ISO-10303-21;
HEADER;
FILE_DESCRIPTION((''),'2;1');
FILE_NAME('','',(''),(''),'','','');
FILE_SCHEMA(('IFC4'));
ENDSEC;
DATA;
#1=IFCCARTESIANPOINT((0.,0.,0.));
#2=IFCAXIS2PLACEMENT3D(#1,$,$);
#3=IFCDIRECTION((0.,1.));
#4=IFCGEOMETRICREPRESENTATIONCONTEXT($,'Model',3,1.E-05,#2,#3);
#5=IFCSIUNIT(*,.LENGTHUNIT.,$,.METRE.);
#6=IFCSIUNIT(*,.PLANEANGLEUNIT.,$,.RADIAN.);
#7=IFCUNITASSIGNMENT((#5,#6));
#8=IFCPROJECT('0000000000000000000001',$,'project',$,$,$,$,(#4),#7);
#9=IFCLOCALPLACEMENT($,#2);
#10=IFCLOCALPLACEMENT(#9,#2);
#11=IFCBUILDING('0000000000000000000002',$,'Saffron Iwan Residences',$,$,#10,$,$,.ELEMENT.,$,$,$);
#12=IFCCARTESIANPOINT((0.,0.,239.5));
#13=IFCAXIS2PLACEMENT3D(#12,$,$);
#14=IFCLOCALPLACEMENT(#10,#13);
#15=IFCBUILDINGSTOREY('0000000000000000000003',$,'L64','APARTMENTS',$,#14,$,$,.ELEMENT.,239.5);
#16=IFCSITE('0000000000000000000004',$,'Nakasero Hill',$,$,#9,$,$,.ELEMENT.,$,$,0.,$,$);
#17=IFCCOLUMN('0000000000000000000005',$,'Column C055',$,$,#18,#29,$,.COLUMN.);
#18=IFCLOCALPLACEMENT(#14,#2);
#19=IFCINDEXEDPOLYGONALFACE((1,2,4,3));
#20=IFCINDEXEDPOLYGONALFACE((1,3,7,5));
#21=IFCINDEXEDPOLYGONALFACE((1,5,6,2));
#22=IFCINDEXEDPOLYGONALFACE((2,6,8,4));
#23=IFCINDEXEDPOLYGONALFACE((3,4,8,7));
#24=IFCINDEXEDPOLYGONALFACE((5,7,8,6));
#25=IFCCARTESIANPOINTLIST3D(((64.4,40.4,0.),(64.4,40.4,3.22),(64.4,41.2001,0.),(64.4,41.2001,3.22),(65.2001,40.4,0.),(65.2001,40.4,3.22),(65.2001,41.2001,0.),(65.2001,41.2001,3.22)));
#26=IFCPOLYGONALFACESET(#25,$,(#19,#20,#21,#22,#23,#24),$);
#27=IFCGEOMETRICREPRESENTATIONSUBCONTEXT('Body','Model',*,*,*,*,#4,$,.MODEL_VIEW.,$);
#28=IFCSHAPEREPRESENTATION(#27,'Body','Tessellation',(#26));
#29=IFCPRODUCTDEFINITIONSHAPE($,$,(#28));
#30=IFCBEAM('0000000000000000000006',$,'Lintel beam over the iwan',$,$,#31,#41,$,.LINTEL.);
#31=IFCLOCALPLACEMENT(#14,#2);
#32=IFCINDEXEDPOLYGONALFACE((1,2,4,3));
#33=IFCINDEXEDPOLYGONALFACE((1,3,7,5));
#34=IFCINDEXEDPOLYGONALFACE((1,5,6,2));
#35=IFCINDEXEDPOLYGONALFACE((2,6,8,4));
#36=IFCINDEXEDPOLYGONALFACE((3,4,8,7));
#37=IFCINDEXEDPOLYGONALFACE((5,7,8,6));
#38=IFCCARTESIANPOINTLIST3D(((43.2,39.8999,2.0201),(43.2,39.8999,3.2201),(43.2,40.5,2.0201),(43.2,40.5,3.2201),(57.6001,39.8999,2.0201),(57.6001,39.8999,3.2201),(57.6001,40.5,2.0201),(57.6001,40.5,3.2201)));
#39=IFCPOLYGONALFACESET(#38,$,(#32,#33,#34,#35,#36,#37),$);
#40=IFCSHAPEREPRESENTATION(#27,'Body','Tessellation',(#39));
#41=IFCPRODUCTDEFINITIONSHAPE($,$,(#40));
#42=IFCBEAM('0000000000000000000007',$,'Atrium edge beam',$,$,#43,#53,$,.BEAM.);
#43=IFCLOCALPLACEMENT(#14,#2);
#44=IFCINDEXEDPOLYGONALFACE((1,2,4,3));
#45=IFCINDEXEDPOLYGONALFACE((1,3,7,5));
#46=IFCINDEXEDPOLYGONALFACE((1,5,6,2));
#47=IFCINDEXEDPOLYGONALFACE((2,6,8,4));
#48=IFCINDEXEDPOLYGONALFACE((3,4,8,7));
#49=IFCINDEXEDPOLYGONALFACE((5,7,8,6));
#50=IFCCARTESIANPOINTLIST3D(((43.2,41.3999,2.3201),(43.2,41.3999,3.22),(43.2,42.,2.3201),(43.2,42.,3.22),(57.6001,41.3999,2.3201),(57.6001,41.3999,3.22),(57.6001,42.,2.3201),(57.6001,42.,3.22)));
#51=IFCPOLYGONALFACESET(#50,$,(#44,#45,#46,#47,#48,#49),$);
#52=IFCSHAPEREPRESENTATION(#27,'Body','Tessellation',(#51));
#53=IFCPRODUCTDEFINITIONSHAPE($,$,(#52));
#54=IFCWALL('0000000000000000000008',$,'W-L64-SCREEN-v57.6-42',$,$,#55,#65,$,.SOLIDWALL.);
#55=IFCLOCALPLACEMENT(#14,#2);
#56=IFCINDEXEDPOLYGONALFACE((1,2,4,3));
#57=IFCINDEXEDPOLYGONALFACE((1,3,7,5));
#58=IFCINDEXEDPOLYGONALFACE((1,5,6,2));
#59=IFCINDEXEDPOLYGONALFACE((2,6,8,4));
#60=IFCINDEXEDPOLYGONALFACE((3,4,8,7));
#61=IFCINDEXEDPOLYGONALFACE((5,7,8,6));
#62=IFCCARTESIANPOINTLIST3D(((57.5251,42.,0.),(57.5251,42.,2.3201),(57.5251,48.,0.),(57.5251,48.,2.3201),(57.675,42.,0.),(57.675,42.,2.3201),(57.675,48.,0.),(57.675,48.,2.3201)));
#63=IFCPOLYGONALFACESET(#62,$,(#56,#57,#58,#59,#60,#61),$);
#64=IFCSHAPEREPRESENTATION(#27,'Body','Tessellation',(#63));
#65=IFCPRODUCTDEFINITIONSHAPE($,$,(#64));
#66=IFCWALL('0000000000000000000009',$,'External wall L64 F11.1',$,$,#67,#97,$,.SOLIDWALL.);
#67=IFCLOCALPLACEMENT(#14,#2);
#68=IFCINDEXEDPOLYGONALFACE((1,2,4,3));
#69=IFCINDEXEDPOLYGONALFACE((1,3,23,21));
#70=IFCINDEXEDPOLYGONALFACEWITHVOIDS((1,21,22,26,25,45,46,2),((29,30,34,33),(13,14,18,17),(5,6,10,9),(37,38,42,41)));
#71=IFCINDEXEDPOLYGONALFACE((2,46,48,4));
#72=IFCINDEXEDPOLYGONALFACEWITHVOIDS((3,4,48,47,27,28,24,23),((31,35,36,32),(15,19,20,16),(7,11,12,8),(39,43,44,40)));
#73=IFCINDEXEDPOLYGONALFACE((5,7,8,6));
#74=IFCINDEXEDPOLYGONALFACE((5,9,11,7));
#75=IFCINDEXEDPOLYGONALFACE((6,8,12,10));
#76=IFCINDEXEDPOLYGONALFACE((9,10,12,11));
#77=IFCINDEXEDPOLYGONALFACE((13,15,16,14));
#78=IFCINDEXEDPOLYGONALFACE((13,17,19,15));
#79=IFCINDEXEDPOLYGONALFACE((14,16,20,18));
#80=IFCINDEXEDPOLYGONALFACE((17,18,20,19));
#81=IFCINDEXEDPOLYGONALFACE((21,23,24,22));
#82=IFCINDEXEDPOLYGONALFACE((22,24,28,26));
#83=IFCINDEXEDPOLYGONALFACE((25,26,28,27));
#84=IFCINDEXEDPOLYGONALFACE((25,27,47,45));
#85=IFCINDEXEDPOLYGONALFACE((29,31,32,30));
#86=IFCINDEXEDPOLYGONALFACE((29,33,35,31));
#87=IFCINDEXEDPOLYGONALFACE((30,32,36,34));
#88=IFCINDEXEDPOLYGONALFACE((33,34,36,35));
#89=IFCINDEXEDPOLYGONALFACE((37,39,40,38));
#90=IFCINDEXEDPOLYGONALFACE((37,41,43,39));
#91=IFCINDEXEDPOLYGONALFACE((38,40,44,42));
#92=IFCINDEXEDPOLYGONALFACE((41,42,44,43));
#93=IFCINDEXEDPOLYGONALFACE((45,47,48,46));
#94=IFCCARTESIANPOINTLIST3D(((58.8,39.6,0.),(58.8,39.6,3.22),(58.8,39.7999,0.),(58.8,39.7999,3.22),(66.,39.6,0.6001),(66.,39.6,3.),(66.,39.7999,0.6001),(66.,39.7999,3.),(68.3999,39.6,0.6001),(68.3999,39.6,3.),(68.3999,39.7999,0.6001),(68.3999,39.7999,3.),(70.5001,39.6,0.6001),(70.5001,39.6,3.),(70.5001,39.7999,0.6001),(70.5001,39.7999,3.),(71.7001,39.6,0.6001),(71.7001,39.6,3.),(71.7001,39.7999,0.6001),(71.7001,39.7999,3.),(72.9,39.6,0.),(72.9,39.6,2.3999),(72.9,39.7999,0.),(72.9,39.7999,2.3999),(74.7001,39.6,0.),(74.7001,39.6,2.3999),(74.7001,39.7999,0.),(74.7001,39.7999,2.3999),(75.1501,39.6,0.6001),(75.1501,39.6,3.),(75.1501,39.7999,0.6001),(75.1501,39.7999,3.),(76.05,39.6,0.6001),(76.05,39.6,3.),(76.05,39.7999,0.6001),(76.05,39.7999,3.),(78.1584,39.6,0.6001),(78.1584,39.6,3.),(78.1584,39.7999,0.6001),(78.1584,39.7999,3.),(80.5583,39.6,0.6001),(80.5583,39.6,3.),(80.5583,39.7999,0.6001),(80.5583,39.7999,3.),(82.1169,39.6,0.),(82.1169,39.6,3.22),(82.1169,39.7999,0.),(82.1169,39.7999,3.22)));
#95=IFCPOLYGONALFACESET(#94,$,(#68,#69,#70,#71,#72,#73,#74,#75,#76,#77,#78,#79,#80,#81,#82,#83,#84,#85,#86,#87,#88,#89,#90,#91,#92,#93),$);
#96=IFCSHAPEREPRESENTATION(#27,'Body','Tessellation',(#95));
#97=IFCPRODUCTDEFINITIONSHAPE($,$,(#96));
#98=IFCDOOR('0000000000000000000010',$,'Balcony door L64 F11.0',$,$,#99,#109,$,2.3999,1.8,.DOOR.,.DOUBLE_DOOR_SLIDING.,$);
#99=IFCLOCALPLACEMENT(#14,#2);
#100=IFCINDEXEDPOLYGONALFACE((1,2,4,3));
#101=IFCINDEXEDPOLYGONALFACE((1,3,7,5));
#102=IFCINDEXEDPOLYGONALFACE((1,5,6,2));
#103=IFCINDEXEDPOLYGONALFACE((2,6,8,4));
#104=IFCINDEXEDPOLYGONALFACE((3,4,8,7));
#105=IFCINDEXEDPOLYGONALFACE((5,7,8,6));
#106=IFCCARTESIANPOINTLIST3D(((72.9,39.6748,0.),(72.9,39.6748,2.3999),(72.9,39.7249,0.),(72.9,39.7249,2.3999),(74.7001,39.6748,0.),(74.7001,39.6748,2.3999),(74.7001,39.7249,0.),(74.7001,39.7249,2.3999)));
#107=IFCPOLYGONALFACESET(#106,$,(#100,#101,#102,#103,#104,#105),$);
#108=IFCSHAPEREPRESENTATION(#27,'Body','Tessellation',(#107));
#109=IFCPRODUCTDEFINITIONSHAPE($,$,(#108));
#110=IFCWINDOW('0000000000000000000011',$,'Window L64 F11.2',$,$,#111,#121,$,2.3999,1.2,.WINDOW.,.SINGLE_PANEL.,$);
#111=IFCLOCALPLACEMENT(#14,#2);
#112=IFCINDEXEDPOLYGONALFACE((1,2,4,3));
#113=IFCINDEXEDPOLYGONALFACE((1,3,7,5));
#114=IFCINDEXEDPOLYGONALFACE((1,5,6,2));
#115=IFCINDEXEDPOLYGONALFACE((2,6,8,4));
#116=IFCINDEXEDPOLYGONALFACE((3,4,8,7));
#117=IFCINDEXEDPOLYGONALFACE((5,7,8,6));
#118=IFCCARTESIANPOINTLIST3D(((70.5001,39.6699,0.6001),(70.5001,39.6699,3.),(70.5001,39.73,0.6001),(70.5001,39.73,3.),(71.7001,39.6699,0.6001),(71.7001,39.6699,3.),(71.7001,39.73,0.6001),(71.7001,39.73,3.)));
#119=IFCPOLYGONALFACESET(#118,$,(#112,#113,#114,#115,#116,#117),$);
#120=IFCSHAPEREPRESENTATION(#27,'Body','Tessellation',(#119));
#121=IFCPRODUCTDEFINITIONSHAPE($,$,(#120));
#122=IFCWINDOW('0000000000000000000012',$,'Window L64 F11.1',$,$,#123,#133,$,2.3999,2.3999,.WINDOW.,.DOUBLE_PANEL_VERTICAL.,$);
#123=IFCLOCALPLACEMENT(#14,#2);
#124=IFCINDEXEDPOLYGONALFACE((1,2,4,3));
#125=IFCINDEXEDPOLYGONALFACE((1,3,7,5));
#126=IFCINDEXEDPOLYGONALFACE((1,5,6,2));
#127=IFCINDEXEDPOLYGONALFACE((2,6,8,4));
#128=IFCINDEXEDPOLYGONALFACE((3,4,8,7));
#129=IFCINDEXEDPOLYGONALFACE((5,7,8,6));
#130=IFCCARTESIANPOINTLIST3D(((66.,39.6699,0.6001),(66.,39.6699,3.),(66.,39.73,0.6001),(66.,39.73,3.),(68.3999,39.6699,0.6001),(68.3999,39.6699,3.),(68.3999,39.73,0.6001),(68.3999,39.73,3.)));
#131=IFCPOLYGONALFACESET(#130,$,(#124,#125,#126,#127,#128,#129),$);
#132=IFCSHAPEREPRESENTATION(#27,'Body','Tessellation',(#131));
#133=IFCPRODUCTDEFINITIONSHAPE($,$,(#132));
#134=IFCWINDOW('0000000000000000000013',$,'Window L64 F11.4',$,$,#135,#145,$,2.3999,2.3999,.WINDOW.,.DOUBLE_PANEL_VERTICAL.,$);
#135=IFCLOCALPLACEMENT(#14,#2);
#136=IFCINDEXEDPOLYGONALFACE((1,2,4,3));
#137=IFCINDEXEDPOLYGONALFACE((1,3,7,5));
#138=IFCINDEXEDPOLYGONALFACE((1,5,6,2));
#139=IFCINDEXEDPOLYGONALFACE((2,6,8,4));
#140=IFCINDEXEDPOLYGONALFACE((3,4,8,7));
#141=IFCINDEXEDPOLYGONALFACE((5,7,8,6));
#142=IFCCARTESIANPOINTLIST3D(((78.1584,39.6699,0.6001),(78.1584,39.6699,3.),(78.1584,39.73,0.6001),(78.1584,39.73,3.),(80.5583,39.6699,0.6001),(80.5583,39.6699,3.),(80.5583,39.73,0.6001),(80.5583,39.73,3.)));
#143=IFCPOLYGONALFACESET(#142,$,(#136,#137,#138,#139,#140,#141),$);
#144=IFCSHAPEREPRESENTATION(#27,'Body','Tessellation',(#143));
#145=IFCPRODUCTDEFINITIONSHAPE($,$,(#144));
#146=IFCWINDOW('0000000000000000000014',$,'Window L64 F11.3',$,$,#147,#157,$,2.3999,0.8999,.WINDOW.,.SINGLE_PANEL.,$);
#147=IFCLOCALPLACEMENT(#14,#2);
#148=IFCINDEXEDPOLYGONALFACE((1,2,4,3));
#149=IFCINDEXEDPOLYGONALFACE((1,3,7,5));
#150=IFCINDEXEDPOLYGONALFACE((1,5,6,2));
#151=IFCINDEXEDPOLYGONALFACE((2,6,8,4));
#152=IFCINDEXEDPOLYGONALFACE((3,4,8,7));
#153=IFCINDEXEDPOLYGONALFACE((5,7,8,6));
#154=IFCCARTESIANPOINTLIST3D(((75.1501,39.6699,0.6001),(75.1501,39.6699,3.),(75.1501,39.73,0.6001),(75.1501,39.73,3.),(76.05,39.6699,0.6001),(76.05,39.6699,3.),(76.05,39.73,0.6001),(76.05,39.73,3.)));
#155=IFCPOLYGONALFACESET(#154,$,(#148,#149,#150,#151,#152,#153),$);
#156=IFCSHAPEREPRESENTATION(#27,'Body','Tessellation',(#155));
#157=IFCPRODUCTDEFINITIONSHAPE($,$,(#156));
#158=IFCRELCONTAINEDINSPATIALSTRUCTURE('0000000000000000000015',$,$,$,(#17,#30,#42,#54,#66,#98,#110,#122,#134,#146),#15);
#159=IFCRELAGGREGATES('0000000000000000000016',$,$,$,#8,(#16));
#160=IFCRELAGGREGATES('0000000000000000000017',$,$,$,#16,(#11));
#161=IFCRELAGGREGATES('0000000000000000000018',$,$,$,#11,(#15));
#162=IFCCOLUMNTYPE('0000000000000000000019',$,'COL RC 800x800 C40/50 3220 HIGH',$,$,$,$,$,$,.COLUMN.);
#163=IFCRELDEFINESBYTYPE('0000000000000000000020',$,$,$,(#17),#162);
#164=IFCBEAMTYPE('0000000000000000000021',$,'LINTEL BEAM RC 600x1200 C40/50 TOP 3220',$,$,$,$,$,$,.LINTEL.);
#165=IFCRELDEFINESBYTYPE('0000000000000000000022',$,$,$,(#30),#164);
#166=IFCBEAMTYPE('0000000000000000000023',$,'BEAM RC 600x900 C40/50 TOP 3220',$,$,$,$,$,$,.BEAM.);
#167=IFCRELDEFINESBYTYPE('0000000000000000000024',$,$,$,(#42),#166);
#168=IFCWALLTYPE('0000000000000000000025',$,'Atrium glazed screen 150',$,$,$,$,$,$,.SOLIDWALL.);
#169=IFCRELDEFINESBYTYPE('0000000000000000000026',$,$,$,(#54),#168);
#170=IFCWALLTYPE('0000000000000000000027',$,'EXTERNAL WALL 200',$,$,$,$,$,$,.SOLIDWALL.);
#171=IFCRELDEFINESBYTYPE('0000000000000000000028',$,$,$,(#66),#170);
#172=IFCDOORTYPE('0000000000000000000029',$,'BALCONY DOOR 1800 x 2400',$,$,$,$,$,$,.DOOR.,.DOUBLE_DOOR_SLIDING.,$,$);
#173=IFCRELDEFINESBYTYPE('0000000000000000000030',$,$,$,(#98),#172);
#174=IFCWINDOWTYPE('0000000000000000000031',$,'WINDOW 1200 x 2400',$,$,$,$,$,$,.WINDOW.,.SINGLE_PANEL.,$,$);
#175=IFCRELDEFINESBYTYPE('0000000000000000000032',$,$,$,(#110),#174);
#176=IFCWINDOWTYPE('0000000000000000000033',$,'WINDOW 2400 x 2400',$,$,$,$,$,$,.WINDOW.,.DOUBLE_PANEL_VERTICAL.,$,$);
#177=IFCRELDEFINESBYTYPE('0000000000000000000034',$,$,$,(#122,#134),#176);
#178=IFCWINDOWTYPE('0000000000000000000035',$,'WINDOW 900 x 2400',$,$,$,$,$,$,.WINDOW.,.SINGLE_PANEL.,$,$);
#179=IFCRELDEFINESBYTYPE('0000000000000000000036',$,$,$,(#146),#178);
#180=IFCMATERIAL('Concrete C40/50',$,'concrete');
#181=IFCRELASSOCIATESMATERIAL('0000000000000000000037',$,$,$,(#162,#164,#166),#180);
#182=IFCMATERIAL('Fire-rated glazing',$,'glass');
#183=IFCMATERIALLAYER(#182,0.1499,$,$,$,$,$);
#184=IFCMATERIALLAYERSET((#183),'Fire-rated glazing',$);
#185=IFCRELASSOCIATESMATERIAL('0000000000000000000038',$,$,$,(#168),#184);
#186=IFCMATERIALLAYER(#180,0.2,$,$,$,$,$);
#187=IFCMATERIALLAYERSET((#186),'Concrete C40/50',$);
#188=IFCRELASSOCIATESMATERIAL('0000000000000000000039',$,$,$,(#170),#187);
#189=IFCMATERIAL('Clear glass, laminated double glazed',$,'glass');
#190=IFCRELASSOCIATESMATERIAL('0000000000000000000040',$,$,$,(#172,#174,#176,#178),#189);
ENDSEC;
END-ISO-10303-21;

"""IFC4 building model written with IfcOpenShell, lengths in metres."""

from ifc_helpers import new_model, si_unit, direction, frame, frame_2d, origin, origin_2d, place, context, subcontext, project, spatial, rectangle, extrude, source, transform, mapped, material, layer, layer_set, material_profile, profile_set, type_object, element, fill, save


model = new_model("IFC4")

# Units and contexts
model_context = context("Model", 3, precision=1e-05, world=origin(), true_north=direction((0.0, 1.0)))
body_context = subcontext(model_context, "Body", "Model", "MODEL_VIEW")
ifc_project = project(units=[si_unit("LENGTHUNIT", "METRE"), si_unit("PLANEANGLEUNIT", "RADIAN")], contexts=[model_context])

# Site, building, storey
site_placement = place(None, origin())
site = spatial("IfcSite", under=ifc_project, at=site_placement, Name="Nakasero Hill", CompositionType="ELEMENT", RefElevation=0.0)
building_placement = place(site_placement, origin())
building = spatial("IfcBuilding", under=site, at=building_placement, Name="Saffron Iwan Residences", CompositionType="ELEMENT")
storey_placement = place(building_placement, frame((0.0, 0.0, 239.5)))
storey = spatial("IfcBuildingStorey", under=building, at=storey_placement, Name="L64", Description="APARTMENTS", CompositionType="ELEMENT", Elevation=239.5)

# Column
ifc_material_1 = material(Name="Concrete C40/50", Category="concrete")
ifc_material_profile_1 = material_profile(ifc_material_1, rectangle(XDim=0.8, YDim=0.8, at=origin_2d()), Name="RC 800x800")
ifc_profile_set_1 = profile_set([ifc_material_profile_1], Name="Concrete C40/50")
column_type = type_object("IfcColumnType", Name="COL RC 800x800 C40/50 3220 HIGH", PredefinedType="COLUMN", material=ifc_profile_set_1)
shared_shape_1 = source(origin(), body_context, "Body", "SweptSolid", [
    extrude(rectangle(XDim=0.8, YDim=0.8, at=origin_2d()), origin(), (0.0, 0.0, 1.0), 3.22),
])
column_placement = place(storey_placement, frame((64.8, 40.8, 0.0), z_axis=(0.0, 0.0, 1.0), x_axis=(1.0, 0.0, 0.0)))
element("IfcColumn", 1, at=column_placement, inside=storey, type_object=column_type, Name="Column C055", PredefinedType="COLUMN", context=body_context, shape_type="MappedRepresentation", body=[
    mapped(shared_shape_1, transform((0.0, 0.0, 0.0))),
])

# Beams
ifc_material_profile_2 = material_profile(ifc_material_1, rectangle(XDim=0.6001, YDim=1.2, at=origin_2d()), Name="RC 600x1200")
ifc_profile_set_2 = profile_set([ifc_material_profile_2], Name="Concrete C40/50")
beam_type_1 = type_object("IfcBeamType", Name="LINTEL BEAM RC 600x1200 C40/50 TOP 3220", PredefinedType="LINTEL", material=ifc_profile_set_2)
shared_shape_2 = source(origin(), body_context, "Body", "SweptSolid", [
    extrude(rectangle(XDim=0.6001, YDim=1.2, at=origin_2d()), origin(), (0.0, 0.0, 1.0), 14.4001),
])
beam_1_placement = place(storey_placement, frame((57.6001, 40.2, 2.6201), z_axis=(-1.0, 0.0, 0.0), x_axis=(0.0, -1.0, 0.0)))
element("IfcBeam", 2, at=beam_1_placement, inside=storey, type_object=beam_type_1, Name="Lintel beam over the iwan", PredefinedType="LINTEL", context=body_context, shape_type="MappedRepresentation", body=[
    mapped(shared_shape_2, transform((0.0, 0.0, 0.0))),
])
ifc_material_profile_3 = material_profile(ifc_material_1, rectangle(XDim=0.6001, YDim=0.8999, at=origin_2d()), Name="RC 600x900")
ifc_profile_set_3 = profile_set([ifc_material_profile_3], Name="Concrete C40/50")
beam_type_2 = type_object("IfcBeamType", Name="BEAM RC 600x900 C40/50 TOP 3220", PredefinedType="BEAM", material=ifc_profile_set_3)
shared_shape_3 = source(origin(), body_context, "Body", "SweptSolid", [
    extrude(rectangle(XDim=0.6001, YDim=0.8999, at=origin_2d()), origin(), (0.0, 0.0, 1.0), 14.4001),
])
beam_2_placement = place(storey_placement, frame((57.6001, 41.7, 2.77), z_axis=(-1.0, 0.0, 0.0), x_axis=(0.0, -1.0, 0.0)))
element("IfcBeam", 3, at=beam_2_placement, inside=storey, type_object=beam_type_2, Name="Atrium edge beam", PredefinedType="BEAM", context=body_context, shape_type="MappedRepresentation", body=[
    mapped(shared_shape_3, transform((0.0, 0.0, 0.0))),
])

# Wall
ifc_material_2 = material(Name="Fire-rated glazing", Category="glass")
ifc_layer_1 = layer(ifc_material_2, 0.1499)
ifc_layer_set_1 = layer_set([ifc_layer_1], Name="Fire-rated glazing")
wall_type_1 = type_object("IfcWallType", Name="Atrium glazed screen 150", PredefinedType="SOLIDWALL", material=ifc_layer_set_1)
wall_1_placement = place(storey_placement, frame((57.6001, 42.0, 0.0), z_axis=(0.0, 0.0, 1.0), x_axis=(0.0, 1.0, 0.0)))
element("IfcWall", 4, at=wall_1_placement, inside=storey, type_object=wall_type_1, Name="W-L64-SCREEN-v57.6-42", PredefinedType="SOLIDWALL", context=body_context, shape_type="SweptSolid", body=[
    extrude(rectangle(XDim=6.0, YDim=0.1499, at=frame_2d((3.0, 0.0))), origin(), (0.0, 0.0, 1.0), 2.3201),
])

# Wall, openings, door, windows
ifc_layer_2 = layer(ifc_material_1, 0.2)
ifc_layer_set_2 = layer_set([ifc_layer_2], Name="Concrete C40/50")
wall_type_2 = type_object("IfcWallType", Name="EXTERNAL WALL 200", PredefinedType="SOLIDWALL", material=ifc_layer_set_2)
wall_2_placement = place(storey_placement, frame((58.8, 39.7, 0.0), z_axis=(0.0, 0.0, 1.0), x_axis=(1.0, 0.0, 0.0)))
wall_2 = element("IfcWall", 5, at=wall_2_placement, inside=storey, type_object=wall_type_2, Name="External wall L64 F11.1", PredefinedType="SOLIDWALL", context=body_context, shape_type="SweptSolid", body=[
    extrude(rectangle(XDim=23.3169, YDim=0.2, at=frame_2d((11.6584, 0.0))), origin(), (0.0, 0.0, 1.0), 3.22),
])
opening_1_placement = place(wall_2_placement, frame((14.1001, 0.0, 0.0)))
opening_1 = element("IfcOpeningElement", 6, at=opening_1_placement, cuts=wall_2, PredefinedType="OPENING", context=body_context, shape_type="SweptSolid", body=[
    extrude(rectangle(XDim=1.8, YDim=2.3999, at=frame_2d((0.8999, 1.2))), frame((0.0, 0.1099, 0.0), z_axis=(0.0, -1.0, 0.0), x_axis=(1.0, 0.0, 0.0)), (0.0, 0.0, 1.0), 0.22),
])
opening_2_placement = place(wall_2_placement, frame((7.2, 0.0, 0.6001)))
opening_2 = element("IfcOpeningElement", 7, at=opening_2_placement, cuts=wall_2, PredefinedType="OPENING", context=body_context, shape_type="SweptSolid", body=[
    extrude(rectangle(XDim=2.3999, YDim=2.3999, at=frame_2d((1.2, 1.2))), frame((0.0, 0.1099, 0.0), z_axis=(0.0, -1.0, 0.0), x_axis=(1.0, 0.0, 0.0)), (0.0, 0.0, 1.0), 0.22),
])
opening_3_placement = place(wall_2_placement, frame((11.7, 0.0, 0.6001)))
opening_3 = element("IfcOpeningElement", 8, at=opening_3_placement, cuts=wall_2, PredefinedType="OPENING", context=body_context, shape_type="SweptSolid", body=[
    extrude(rectangle(XDim=1.2, YDim=2.3999, at=frame_2d((0.6001, 1.2))), frame((0.0, 0.1099, 0.0), z_axis=(0.0, -1.0, 0.0), x_axis=(1.0, 0.0, 0.0)), (0.0, 0.0, 1.0), 0.22),
])
opening_4_placement = place(wall_2_placement, frame((16.3501, 0.0, 0.6001)))
opening_4 = element("IfcOpeningElement", 9, at=opening_4_placement, cuts=wall_2, PredefinedType="OPENING", context=body_context, shape_type="SweptSolid", body=[
    extrude(rectangle(XDim=0.8999, YDim=2.3999, at=frame_2d((0.45, 1.2))), frame((0.0, 0.1099, 0.0), z_axis=(0.0, -1.0, 0.0), x_axis=(1.0, 0.0, 0.0)), (0.0, 0.0, 1.0), 0.22),
])
opening_5_placement = place(wall_2_placement, frame((19.3584, 0.0, 0.6001)))
opening_5 = element("IfcOpeningElement", 10, at=opening_5_placement, cuts=wall_2, PredefinedType="OPENING", context=body_context, shape_type="SweptSolid", body=[
    extrude(rectangle(XDim=2.3999, YDim=2.3999, at=frame_2d((1.2, 1.2))), frame((0.0, 0.1099, 0.0), z_axis=(0.0, -1.0, 0.0), x_axis=(1.0, 0.0, 0.0)), (0.0, 0.0, 1.0), 0.22),
])
ifc_material_3 = material(Name="Clear glass, laminated double glazed", Category="glass")
door_type_1 = type_object("IfcDoorType", Name="BALCONY DOOR 1800 x 2400", OperationType="DOUBLE_DOOR_SLIDING", PredefinedType="DOOR", material=ifc_material_3)
door_1_placement = place(opening_1_placement, origin())
door_1 = element("IfcDoor", 11, at=door_1_placement, inside=storey, type_object=door_type_1, Name="Balcony door L64 F11.0", OperationType="DOUBLE_DOOR_SLIDING", OverallHeight=2.3999, OverallWidth=1.8, PredefinedType="DOOR", context=body_context, shape_type="SweptSolid", body=[
    extrude(rectangle(XDim=1.8, YDim=2.3999, at=frame_2d((0.8999, 1.2))), frame((0.0, 0.0249, 0.0), z_axis=(0.0, -1.0, 0.0), x_axis=(1.0, 0.0, 0.0)), (0.0, 0.0, 1.0), 0.05),
])
fill(opening_1, door_1)
window_type_1 = type_object("IfcWindowType", Name="WINDOW 1200 x 2400", PartitioningType="SINGLE_PANEL", PredefinedType="WINDOW", material=ifc_material_3)
window_1_placement = place(opening_3_placement, origin())
window_1 = element("IfcWindow", 12, at=window_1_placement, inside=storey, type_object=window_type_1, Name="Window L64 F11.2", OverallHeight=2.3999, OverallWidth=1.2, PartitioningType="SINGLE_PANEL", PredefinedType="WINDOW", context=body_context, shape_type="SweptSolid", body=[
    extrude(rectangle(XDim=1.2, YDim=2.3999, at=frame_2d((0.6001, 1.2))), frame((0.0, 0.03, 0.0), z_axis=(0.0, -1.0, 0.0), x_axis=(1.0, 0.0, 0.0)), (0.0, 0.0, 1.0), 0.0601),
])
fill(opening_3, window_1)
window_type_2 = type_object("IfcWindowType", Name="WINDOW 2400 x 2400", PartitioningType="DOUBLE_PANEL_VERTICAL", PredefinedType="WINDOW", material=ifc_material_3)
window_2_placement = place(opening_2_placement, origin())
window_2 = element("IfcWindow", 13, at=window_2_placement, inside=storey, type_object=window_type_2, Name="Window L64 F11.1", OverallHeight=2.3999, OverallWidth=2.3999, PartitioningType="DOUBLE_PANEL_VERTICAL", PredefinedType="WINDOW", context=body_context, shape_type="SweptSolid", body=[
    extrude(rectangle(XDim=2.3999, YDim=2.3999, at=frame_2d((1.2, 1.2))), frame((0.0, 0.03, 0.0), z_axis=(0.0, -1.0, 0.0), x_axis=(1.0, 0.0, 0.0)), (0.0, 0.0, 1.0), 0.0601),
])
fill(opening_2, window_2)
window_3_placement = place(opening_5_placement, origin())
window_3 = element("IfcWindow", 14, at=window_3_placement, inside=storey, type_object=window_type_2, Name="Window L64 F11.4", OverallHeight=2.3999, OverallWidth=2.3999, PartitioningType="DOUBLE_PANEL_VERTICAL", PredefinedType="WINDOW", context=body_context, shape_type="SweptSolid", body=[
    extrude(rectangle(XDim=2.3999, YDim=2.3999, at=frame_2d((1.2, 1.2))), frame((0.0, 0.03, 0.0), z_axis=(0.0, -1.0, 0.0), x_axis=(1.0, 0.0, 0.0)), (0.0, 0.0, 1.0), 0.0601),
])
fill(opening_5, window_3)
window_type_3 = type_object("IfcWindowType", Name="WINDOW 900 x 2400", PartitioningType="SINGLE_PANEL", PredefinedType="WINDOW", material=ifc_material_3)
window_4_placement = place(opening_4_placement, origin())
window_4 = element("IfcWindow", 15, at=window_4_placement, inside=storey, type_object=window_type_3, Name="Window L64 F11.3", OverallHeight=2.3999, OverallWidth=0.8999, PartitioningType="SINGLE_PANEL", PredefinedType="WINDOW", context=body_context, shape_type="SweptSolid", body=[
    extrude(rectangle(XDim=0.8999, YDim=2.3999, at=frame_2d((0.45, 1.2))), frame((0.0, 0.03, 0.0), z_axis=(0.0, -1.0, 0.0), x_axis=(1.0, 0.0, 0.0)), (0.0, 0.0, 1.0), 0.0601),
])
fill(opening_4, window_4)

save(model, "model.ifc")
